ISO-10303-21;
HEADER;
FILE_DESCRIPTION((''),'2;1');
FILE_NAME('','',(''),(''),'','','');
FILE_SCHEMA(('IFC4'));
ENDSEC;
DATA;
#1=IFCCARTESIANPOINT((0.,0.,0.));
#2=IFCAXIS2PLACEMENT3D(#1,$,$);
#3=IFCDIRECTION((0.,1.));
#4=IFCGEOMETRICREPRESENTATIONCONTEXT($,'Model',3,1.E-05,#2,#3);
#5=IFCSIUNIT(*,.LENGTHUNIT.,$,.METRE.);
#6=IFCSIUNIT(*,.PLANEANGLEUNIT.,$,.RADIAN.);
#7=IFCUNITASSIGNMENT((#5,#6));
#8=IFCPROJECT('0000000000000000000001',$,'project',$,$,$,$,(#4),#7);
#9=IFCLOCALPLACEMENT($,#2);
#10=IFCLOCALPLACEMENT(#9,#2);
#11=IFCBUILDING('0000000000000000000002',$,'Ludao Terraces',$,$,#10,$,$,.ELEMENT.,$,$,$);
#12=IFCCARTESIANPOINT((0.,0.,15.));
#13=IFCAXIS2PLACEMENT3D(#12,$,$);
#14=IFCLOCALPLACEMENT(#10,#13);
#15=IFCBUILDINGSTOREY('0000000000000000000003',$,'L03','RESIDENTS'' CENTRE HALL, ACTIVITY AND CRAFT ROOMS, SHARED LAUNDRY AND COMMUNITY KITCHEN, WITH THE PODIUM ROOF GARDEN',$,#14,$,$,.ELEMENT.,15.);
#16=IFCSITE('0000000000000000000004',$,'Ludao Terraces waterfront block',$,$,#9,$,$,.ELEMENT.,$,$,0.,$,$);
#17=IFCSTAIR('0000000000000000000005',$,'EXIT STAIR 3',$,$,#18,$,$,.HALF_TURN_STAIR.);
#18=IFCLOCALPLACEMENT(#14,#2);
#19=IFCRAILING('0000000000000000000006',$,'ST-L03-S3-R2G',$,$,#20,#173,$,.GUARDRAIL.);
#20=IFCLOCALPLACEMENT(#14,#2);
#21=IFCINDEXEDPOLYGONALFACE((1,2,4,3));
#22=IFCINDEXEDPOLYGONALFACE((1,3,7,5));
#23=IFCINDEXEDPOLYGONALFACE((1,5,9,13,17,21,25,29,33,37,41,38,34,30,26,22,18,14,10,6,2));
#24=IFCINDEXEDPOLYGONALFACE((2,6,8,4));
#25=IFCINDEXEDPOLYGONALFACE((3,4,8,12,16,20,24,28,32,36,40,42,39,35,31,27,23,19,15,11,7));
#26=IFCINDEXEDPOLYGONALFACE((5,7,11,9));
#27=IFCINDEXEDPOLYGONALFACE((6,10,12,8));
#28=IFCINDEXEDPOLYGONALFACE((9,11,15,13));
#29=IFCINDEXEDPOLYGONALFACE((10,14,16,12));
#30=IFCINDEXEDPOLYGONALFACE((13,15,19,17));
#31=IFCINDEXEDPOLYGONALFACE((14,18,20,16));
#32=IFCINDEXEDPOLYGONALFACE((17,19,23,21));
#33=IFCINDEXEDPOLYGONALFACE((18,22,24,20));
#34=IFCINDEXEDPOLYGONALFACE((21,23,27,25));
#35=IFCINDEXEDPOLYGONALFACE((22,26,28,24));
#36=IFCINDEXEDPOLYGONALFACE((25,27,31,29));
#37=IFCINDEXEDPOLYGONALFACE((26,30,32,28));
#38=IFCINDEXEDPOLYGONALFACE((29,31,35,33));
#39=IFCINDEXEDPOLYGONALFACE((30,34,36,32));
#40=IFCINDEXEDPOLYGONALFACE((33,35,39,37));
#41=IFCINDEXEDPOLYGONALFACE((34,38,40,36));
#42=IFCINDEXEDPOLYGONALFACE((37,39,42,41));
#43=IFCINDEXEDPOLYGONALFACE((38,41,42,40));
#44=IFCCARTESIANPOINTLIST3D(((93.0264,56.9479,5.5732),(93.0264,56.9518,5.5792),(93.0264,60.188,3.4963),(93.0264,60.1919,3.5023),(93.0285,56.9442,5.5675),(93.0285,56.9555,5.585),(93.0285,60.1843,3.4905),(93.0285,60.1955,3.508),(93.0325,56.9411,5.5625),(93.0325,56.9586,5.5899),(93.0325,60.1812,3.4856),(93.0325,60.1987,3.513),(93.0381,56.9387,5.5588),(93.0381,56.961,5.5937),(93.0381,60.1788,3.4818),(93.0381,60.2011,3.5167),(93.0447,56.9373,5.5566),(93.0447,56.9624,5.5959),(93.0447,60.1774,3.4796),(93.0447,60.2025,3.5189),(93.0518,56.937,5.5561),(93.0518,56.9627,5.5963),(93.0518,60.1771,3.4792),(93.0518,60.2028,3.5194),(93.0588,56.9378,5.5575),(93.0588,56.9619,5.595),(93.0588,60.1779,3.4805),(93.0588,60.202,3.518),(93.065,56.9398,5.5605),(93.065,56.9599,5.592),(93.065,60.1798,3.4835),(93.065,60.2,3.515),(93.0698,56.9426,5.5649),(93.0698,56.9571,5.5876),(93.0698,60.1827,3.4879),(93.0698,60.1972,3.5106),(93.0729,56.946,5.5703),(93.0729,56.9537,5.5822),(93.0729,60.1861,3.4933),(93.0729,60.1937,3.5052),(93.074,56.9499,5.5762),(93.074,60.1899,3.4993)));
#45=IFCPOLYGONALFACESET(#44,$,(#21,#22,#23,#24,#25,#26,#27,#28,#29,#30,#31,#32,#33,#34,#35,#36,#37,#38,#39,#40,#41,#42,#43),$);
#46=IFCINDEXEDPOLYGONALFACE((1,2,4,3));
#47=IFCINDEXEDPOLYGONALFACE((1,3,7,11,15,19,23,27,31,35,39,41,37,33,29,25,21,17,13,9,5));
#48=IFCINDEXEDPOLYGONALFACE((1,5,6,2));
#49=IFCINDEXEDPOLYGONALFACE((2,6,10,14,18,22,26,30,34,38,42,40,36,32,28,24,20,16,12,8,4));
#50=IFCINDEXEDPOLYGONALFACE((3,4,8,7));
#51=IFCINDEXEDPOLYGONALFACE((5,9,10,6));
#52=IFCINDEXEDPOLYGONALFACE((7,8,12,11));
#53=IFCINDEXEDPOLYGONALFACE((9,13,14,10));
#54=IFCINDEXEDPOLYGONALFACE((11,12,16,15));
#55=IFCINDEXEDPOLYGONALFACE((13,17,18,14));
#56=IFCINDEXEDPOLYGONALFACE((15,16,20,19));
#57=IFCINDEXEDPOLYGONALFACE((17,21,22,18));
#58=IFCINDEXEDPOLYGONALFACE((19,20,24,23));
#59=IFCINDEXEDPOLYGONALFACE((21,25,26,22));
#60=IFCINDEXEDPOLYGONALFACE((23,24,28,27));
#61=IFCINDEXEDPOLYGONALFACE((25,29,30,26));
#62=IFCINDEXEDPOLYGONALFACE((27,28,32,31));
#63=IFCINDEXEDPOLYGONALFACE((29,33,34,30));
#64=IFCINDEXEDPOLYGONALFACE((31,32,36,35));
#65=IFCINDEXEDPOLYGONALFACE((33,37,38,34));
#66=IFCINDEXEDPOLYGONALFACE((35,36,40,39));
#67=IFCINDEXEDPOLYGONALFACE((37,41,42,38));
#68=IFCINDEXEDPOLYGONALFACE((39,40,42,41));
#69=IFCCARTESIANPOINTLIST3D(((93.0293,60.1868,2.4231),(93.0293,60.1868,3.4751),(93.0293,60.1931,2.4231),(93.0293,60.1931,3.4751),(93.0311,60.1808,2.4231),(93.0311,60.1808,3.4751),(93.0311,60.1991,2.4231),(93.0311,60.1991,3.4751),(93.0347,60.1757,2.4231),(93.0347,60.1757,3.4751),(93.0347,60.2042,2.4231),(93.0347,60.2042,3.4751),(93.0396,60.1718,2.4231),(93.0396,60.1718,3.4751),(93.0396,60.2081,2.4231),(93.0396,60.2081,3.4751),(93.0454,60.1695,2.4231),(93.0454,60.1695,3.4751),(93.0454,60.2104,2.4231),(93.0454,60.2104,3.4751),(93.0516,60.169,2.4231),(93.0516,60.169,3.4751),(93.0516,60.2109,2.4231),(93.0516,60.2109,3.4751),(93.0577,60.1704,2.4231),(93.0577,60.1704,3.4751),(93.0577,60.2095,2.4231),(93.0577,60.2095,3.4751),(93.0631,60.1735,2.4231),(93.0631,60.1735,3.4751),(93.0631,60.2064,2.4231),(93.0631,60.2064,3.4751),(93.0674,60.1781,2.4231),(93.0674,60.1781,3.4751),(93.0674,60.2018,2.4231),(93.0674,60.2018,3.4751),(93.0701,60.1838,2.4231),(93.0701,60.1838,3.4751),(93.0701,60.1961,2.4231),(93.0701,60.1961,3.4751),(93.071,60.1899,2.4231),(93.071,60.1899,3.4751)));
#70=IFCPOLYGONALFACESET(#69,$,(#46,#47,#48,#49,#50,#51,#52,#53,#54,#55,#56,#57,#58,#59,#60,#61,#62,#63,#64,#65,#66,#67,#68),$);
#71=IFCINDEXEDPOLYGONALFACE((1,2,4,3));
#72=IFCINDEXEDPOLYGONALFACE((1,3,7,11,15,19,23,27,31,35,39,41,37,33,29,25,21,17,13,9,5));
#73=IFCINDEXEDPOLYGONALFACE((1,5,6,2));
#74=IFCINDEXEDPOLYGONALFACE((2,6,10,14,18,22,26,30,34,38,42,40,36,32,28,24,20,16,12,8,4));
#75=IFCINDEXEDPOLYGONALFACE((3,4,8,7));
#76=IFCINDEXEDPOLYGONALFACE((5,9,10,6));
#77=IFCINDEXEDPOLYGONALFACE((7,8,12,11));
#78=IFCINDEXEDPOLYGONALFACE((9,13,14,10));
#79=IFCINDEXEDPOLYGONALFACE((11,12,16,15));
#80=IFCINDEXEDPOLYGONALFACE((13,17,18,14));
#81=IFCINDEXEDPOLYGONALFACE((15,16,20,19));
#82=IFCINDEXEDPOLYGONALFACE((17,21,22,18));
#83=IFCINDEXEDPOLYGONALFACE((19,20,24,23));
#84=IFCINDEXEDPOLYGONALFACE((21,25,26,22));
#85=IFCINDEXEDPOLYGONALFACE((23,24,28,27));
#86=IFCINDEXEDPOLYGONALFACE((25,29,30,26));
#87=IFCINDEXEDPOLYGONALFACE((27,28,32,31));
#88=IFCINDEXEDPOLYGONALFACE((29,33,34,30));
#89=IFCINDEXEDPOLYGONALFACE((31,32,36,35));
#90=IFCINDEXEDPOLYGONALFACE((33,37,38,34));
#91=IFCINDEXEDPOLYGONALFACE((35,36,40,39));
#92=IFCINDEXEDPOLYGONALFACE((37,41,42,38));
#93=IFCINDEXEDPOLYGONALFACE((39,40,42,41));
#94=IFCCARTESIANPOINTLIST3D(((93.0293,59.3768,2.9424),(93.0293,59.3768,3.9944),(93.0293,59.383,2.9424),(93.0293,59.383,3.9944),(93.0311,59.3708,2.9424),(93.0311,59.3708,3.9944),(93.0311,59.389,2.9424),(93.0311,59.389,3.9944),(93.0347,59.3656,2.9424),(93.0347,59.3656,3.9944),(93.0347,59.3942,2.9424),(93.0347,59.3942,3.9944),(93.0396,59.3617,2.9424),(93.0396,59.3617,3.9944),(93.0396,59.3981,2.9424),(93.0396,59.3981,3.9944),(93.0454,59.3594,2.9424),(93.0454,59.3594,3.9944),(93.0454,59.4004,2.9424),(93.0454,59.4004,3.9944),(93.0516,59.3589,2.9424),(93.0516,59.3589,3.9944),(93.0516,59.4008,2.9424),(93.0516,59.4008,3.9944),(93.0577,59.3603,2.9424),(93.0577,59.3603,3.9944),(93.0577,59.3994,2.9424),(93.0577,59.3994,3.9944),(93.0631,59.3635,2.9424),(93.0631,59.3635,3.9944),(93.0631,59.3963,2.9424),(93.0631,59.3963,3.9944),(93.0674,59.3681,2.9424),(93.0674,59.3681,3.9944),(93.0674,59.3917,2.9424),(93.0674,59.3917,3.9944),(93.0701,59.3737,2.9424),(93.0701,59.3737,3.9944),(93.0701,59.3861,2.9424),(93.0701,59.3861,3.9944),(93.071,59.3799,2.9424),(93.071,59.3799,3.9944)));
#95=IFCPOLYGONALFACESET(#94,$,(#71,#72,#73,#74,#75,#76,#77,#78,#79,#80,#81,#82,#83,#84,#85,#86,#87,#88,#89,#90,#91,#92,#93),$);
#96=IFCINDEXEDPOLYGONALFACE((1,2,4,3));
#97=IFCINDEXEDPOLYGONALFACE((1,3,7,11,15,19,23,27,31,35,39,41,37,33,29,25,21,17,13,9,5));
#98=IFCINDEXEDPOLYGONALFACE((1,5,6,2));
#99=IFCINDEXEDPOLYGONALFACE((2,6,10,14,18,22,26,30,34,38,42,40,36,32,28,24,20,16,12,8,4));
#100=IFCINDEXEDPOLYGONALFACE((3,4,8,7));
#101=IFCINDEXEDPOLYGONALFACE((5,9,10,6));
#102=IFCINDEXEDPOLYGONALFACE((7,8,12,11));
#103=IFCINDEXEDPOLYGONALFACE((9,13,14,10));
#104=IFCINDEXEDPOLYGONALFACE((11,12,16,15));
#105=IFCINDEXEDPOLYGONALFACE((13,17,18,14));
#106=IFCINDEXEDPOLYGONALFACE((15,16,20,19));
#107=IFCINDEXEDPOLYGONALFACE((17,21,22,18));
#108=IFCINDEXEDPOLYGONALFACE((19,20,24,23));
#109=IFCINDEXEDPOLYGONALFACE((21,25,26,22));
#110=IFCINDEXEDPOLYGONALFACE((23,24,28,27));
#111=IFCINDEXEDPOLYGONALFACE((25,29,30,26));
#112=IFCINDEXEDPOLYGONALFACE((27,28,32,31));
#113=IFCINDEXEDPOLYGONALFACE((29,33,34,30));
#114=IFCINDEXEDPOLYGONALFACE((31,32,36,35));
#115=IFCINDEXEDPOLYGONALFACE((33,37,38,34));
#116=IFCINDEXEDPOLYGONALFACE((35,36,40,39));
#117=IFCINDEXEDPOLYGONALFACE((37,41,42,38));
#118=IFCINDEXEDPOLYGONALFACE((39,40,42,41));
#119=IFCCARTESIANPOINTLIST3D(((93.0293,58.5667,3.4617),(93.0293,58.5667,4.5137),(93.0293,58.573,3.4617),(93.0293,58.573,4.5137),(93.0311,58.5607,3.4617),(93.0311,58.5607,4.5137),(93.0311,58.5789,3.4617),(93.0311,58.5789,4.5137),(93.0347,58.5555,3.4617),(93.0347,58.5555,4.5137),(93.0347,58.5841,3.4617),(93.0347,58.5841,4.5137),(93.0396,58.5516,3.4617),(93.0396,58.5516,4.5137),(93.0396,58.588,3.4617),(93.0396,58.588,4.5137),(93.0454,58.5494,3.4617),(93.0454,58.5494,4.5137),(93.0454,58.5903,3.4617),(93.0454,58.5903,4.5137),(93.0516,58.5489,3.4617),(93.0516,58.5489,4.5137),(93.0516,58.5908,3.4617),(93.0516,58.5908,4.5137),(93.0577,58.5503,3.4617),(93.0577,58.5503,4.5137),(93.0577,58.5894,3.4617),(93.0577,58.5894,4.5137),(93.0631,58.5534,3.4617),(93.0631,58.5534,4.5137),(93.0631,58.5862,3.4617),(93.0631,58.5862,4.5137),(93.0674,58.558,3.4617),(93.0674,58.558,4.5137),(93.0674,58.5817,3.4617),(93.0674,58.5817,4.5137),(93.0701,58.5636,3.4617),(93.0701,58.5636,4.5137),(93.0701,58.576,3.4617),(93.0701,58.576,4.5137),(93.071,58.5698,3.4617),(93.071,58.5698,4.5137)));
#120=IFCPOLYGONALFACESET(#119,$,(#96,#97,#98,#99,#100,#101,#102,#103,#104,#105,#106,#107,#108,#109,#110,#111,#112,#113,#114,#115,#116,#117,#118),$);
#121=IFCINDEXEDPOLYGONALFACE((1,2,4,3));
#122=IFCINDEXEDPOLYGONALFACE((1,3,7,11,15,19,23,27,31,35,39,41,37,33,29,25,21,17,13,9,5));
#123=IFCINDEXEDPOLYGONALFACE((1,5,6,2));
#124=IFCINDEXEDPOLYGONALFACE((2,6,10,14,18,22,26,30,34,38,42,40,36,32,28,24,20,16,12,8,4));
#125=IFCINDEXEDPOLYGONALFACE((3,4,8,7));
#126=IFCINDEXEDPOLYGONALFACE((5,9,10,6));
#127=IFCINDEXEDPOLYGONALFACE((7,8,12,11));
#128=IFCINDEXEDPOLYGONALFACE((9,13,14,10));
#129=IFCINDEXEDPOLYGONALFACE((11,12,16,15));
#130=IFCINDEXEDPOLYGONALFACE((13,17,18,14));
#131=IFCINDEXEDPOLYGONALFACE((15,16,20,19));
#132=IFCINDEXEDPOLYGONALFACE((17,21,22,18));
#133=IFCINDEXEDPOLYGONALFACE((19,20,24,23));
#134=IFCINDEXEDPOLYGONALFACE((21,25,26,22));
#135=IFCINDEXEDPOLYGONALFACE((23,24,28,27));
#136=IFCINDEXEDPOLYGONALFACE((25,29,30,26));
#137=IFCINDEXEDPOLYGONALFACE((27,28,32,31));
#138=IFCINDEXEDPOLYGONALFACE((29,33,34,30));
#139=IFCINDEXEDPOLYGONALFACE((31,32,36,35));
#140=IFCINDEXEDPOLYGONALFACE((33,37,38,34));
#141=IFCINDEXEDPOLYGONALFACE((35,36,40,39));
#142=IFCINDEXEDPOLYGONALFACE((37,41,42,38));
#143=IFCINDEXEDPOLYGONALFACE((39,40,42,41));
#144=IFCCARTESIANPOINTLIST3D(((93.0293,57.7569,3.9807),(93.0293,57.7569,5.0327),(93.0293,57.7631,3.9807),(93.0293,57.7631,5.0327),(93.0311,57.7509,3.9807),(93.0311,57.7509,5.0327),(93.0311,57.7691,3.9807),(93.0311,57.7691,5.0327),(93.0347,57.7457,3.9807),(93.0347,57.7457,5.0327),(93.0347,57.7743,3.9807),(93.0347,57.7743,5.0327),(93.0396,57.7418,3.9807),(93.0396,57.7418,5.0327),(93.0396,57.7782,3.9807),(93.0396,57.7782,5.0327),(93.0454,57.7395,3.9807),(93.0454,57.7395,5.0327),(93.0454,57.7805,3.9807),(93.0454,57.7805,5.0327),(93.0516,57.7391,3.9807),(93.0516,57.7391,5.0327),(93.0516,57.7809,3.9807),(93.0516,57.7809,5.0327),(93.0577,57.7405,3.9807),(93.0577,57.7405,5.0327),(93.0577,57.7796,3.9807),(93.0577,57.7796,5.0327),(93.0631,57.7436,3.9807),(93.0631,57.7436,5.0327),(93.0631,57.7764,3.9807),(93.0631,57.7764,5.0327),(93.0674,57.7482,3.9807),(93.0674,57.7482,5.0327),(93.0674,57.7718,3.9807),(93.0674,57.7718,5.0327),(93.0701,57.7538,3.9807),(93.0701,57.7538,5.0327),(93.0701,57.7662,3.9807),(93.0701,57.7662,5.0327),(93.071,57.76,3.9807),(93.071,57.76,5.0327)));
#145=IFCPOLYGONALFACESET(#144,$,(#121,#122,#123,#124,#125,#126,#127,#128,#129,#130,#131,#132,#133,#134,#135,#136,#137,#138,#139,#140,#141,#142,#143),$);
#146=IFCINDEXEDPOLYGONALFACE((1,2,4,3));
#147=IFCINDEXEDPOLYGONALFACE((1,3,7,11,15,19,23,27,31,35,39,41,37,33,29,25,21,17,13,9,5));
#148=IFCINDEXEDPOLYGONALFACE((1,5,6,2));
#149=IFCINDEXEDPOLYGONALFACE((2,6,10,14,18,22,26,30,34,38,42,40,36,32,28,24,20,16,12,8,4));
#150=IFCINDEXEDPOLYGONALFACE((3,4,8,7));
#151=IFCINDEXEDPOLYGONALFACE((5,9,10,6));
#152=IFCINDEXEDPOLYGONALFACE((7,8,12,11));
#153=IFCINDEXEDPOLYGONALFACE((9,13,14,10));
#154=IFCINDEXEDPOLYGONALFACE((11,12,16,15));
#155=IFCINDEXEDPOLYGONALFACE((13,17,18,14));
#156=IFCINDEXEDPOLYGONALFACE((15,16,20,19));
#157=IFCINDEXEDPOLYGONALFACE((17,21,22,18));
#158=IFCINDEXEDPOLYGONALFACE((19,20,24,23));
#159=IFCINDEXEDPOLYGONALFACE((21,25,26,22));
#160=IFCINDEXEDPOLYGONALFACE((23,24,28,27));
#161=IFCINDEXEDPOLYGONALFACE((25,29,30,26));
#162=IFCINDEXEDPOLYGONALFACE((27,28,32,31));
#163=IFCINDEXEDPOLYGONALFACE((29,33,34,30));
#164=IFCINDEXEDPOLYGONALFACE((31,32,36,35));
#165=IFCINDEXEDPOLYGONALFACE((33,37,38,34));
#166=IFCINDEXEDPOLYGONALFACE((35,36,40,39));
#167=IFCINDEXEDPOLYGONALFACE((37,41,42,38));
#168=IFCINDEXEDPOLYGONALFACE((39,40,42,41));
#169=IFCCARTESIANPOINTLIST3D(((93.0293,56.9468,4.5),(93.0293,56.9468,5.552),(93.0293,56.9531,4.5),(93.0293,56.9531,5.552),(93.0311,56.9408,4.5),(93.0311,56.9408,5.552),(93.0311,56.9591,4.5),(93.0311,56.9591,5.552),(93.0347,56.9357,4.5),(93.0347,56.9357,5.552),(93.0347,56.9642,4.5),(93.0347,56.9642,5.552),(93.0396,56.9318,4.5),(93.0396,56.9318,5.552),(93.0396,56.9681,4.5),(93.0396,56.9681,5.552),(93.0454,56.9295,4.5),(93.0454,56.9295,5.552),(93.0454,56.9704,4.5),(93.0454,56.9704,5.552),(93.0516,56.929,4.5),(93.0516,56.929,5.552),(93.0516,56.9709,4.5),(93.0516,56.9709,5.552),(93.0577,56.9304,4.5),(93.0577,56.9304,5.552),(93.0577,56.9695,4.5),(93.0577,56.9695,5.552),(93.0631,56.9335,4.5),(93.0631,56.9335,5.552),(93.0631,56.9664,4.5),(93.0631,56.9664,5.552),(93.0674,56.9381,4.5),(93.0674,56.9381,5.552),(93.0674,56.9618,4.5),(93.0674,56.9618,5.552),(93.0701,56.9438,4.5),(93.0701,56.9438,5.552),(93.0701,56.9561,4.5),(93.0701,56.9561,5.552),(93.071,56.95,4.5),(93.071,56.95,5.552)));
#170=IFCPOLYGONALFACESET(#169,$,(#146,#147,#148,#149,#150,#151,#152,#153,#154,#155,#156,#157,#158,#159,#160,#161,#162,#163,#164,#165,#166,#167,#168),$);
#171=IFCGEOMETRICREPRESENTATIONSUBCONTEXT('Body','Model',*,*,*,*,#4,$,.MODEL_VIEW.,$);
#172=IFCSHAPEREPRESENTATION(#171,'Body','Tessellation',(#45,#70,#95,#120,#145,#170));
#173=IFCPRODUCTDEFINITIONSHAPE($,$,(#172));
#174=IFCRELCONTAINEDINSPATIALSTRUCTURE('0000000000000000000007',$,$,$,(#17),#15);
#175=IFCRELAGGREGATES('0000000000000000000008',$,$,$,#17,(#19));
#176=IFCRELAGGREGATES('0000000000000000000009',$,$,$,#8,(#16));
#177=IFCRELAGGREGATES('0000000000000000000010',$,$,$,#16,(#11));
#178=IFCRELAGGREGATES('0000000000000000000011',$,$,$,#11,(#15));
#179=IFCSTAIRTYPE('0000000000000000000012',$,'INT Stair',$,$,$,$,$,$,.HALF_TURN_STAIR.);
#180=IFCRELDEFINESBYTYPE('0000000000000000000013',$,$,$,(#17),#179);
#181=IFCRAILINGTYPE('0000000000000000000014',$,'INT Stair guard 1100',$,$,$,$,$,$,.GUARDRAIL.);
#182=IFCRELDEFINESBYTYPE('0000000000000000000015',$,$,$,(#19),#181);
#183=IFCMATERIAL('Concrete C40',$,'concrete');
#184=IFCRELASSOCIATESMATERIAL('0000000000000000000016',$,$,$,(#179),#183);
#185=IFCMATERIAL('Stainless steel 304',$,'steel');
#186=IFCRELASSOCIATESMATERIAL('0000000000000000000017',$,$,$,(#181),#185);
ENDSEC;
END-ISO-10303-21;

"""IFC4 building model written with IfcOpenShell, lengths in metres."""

from ifc_helpers import new_model, si_unit, direction, frame, origin, origin_2d, place, context, subcontext, project, spatial, circle, extrude, material, type_object, element, aggregate, save


model = new_model("IFC4")

# Units and contexts
model_context = context("Model", 3, precision=1e-05, world=origin(), true_north=direction((0.0, 1.0)))
body_context = subcontext(model_context, "Body", "Model", "MODEL_VIEW")
ifc_project = project(units=[si_unit("LENGTHUNIT", "METRE"), si_unit("PLANEANGLEUNIT", "RADIAN")], contexts=[model_context])

# Site, building, storey
site_placement = place(None, origin())
site = spatial("IfcSite", under=ifc_project, at=site_placement, Name="Ludao Terraces waterfront block", CompositionType="ELEMENT", RefElevation=0.0)
building_placement = place(site_placement, origin())
building = spatial("IfcBuilding", under=site, at=building_placement, Name="Ludao Terraces", CompositionType="ELEMENT")
storey_placement = place(building_placement, frame((0.0, 0.0, 15.0)))
storey = spatial("IfcBuildingStorey", under=building, at=storey_placement, Name="L03", Description="RESIDENTS' CENTRE HALL, ACTIVITY AND CRAFT ROOMS, SHARED LAUNDRY AND COMMUNITY KITCHEN, WITH THE PODIUM ROOF GARDEN", CompositionType="ELEMENT", Elevation=15.0)

# Stair, railing
ifc_material_1 = material(Name="Concrete C40", Category="concrete")
stair_type = type_object("IfcStairType", Name="INT Stair", PredefinedType="HALF_TURN_STAIR", material=ifc_material_1)
stair_placement = place(storey_placement, origin())
stair = element("IfcStair", 1, at=stair_placement, inside=storey, type_object=stair_type, Name="EXIT STAIR 3", PredefinedType="HALF_TURN_STAIR")
ifc_material_2 = material(Name="Stainless steel 304", Category="steel")
railing_type_1 = type_object("IfcRailingType", Name="INT Stair guard 1100", PredefinedType="GUARDRAIL", material=ifc_material_2)
railing_1_placement = place(storey_placement, frame((93.05, 60.1899, 2.4231)))
railing_1 = element("IfcRailing", 2, at=railing_1_placement, type_object=railing_type_1, Name="ST-L03-S3-R2G", PredefinedType="GUARDRAIL", context=body_context, shape_type="SweptSolid", body=[
    extrude(circle(Radius=0.0239, at=origin_2d()), frame((0.0, 0.0, 1.0762), z_axis=(0.0, -0.841881, 0.539664), x_axis=(1.0, 0.0, 0.0)), (0.0, 0.0, 1.0), 3.8486),
    extrude(circle(Radius=0.021, at=origin_2d()), origin(), (0.0, 0.0, 1.0), 1.052),
    extrude(circle(Radius=0.021, at=origin_2d()), frame((0.0, -0.8101, 0.5193)), (0.0, 0.0, 1.0), 1.052),
    extrude(circle(Radius=0.021, at=origin_2d()), frame((0.0, -1.6201, 1.0386)), (0.0, 0.0, 1.0), 1.052),
    extrude(circle(Radius=0.021, at=origin_2d()), frame((0.0, -2.4299, 1.5576)), (0.0, 0.0, 1.0), 1.052),
    extrude(circle(Radius=0.021, at=origin_2d()), frame((0.0, -3.24, 2.0769)), (0.0, 0.0, 1.0), 1.052),
])
aggregate(stair, [railing_1])

save(model, "model.ifc")
